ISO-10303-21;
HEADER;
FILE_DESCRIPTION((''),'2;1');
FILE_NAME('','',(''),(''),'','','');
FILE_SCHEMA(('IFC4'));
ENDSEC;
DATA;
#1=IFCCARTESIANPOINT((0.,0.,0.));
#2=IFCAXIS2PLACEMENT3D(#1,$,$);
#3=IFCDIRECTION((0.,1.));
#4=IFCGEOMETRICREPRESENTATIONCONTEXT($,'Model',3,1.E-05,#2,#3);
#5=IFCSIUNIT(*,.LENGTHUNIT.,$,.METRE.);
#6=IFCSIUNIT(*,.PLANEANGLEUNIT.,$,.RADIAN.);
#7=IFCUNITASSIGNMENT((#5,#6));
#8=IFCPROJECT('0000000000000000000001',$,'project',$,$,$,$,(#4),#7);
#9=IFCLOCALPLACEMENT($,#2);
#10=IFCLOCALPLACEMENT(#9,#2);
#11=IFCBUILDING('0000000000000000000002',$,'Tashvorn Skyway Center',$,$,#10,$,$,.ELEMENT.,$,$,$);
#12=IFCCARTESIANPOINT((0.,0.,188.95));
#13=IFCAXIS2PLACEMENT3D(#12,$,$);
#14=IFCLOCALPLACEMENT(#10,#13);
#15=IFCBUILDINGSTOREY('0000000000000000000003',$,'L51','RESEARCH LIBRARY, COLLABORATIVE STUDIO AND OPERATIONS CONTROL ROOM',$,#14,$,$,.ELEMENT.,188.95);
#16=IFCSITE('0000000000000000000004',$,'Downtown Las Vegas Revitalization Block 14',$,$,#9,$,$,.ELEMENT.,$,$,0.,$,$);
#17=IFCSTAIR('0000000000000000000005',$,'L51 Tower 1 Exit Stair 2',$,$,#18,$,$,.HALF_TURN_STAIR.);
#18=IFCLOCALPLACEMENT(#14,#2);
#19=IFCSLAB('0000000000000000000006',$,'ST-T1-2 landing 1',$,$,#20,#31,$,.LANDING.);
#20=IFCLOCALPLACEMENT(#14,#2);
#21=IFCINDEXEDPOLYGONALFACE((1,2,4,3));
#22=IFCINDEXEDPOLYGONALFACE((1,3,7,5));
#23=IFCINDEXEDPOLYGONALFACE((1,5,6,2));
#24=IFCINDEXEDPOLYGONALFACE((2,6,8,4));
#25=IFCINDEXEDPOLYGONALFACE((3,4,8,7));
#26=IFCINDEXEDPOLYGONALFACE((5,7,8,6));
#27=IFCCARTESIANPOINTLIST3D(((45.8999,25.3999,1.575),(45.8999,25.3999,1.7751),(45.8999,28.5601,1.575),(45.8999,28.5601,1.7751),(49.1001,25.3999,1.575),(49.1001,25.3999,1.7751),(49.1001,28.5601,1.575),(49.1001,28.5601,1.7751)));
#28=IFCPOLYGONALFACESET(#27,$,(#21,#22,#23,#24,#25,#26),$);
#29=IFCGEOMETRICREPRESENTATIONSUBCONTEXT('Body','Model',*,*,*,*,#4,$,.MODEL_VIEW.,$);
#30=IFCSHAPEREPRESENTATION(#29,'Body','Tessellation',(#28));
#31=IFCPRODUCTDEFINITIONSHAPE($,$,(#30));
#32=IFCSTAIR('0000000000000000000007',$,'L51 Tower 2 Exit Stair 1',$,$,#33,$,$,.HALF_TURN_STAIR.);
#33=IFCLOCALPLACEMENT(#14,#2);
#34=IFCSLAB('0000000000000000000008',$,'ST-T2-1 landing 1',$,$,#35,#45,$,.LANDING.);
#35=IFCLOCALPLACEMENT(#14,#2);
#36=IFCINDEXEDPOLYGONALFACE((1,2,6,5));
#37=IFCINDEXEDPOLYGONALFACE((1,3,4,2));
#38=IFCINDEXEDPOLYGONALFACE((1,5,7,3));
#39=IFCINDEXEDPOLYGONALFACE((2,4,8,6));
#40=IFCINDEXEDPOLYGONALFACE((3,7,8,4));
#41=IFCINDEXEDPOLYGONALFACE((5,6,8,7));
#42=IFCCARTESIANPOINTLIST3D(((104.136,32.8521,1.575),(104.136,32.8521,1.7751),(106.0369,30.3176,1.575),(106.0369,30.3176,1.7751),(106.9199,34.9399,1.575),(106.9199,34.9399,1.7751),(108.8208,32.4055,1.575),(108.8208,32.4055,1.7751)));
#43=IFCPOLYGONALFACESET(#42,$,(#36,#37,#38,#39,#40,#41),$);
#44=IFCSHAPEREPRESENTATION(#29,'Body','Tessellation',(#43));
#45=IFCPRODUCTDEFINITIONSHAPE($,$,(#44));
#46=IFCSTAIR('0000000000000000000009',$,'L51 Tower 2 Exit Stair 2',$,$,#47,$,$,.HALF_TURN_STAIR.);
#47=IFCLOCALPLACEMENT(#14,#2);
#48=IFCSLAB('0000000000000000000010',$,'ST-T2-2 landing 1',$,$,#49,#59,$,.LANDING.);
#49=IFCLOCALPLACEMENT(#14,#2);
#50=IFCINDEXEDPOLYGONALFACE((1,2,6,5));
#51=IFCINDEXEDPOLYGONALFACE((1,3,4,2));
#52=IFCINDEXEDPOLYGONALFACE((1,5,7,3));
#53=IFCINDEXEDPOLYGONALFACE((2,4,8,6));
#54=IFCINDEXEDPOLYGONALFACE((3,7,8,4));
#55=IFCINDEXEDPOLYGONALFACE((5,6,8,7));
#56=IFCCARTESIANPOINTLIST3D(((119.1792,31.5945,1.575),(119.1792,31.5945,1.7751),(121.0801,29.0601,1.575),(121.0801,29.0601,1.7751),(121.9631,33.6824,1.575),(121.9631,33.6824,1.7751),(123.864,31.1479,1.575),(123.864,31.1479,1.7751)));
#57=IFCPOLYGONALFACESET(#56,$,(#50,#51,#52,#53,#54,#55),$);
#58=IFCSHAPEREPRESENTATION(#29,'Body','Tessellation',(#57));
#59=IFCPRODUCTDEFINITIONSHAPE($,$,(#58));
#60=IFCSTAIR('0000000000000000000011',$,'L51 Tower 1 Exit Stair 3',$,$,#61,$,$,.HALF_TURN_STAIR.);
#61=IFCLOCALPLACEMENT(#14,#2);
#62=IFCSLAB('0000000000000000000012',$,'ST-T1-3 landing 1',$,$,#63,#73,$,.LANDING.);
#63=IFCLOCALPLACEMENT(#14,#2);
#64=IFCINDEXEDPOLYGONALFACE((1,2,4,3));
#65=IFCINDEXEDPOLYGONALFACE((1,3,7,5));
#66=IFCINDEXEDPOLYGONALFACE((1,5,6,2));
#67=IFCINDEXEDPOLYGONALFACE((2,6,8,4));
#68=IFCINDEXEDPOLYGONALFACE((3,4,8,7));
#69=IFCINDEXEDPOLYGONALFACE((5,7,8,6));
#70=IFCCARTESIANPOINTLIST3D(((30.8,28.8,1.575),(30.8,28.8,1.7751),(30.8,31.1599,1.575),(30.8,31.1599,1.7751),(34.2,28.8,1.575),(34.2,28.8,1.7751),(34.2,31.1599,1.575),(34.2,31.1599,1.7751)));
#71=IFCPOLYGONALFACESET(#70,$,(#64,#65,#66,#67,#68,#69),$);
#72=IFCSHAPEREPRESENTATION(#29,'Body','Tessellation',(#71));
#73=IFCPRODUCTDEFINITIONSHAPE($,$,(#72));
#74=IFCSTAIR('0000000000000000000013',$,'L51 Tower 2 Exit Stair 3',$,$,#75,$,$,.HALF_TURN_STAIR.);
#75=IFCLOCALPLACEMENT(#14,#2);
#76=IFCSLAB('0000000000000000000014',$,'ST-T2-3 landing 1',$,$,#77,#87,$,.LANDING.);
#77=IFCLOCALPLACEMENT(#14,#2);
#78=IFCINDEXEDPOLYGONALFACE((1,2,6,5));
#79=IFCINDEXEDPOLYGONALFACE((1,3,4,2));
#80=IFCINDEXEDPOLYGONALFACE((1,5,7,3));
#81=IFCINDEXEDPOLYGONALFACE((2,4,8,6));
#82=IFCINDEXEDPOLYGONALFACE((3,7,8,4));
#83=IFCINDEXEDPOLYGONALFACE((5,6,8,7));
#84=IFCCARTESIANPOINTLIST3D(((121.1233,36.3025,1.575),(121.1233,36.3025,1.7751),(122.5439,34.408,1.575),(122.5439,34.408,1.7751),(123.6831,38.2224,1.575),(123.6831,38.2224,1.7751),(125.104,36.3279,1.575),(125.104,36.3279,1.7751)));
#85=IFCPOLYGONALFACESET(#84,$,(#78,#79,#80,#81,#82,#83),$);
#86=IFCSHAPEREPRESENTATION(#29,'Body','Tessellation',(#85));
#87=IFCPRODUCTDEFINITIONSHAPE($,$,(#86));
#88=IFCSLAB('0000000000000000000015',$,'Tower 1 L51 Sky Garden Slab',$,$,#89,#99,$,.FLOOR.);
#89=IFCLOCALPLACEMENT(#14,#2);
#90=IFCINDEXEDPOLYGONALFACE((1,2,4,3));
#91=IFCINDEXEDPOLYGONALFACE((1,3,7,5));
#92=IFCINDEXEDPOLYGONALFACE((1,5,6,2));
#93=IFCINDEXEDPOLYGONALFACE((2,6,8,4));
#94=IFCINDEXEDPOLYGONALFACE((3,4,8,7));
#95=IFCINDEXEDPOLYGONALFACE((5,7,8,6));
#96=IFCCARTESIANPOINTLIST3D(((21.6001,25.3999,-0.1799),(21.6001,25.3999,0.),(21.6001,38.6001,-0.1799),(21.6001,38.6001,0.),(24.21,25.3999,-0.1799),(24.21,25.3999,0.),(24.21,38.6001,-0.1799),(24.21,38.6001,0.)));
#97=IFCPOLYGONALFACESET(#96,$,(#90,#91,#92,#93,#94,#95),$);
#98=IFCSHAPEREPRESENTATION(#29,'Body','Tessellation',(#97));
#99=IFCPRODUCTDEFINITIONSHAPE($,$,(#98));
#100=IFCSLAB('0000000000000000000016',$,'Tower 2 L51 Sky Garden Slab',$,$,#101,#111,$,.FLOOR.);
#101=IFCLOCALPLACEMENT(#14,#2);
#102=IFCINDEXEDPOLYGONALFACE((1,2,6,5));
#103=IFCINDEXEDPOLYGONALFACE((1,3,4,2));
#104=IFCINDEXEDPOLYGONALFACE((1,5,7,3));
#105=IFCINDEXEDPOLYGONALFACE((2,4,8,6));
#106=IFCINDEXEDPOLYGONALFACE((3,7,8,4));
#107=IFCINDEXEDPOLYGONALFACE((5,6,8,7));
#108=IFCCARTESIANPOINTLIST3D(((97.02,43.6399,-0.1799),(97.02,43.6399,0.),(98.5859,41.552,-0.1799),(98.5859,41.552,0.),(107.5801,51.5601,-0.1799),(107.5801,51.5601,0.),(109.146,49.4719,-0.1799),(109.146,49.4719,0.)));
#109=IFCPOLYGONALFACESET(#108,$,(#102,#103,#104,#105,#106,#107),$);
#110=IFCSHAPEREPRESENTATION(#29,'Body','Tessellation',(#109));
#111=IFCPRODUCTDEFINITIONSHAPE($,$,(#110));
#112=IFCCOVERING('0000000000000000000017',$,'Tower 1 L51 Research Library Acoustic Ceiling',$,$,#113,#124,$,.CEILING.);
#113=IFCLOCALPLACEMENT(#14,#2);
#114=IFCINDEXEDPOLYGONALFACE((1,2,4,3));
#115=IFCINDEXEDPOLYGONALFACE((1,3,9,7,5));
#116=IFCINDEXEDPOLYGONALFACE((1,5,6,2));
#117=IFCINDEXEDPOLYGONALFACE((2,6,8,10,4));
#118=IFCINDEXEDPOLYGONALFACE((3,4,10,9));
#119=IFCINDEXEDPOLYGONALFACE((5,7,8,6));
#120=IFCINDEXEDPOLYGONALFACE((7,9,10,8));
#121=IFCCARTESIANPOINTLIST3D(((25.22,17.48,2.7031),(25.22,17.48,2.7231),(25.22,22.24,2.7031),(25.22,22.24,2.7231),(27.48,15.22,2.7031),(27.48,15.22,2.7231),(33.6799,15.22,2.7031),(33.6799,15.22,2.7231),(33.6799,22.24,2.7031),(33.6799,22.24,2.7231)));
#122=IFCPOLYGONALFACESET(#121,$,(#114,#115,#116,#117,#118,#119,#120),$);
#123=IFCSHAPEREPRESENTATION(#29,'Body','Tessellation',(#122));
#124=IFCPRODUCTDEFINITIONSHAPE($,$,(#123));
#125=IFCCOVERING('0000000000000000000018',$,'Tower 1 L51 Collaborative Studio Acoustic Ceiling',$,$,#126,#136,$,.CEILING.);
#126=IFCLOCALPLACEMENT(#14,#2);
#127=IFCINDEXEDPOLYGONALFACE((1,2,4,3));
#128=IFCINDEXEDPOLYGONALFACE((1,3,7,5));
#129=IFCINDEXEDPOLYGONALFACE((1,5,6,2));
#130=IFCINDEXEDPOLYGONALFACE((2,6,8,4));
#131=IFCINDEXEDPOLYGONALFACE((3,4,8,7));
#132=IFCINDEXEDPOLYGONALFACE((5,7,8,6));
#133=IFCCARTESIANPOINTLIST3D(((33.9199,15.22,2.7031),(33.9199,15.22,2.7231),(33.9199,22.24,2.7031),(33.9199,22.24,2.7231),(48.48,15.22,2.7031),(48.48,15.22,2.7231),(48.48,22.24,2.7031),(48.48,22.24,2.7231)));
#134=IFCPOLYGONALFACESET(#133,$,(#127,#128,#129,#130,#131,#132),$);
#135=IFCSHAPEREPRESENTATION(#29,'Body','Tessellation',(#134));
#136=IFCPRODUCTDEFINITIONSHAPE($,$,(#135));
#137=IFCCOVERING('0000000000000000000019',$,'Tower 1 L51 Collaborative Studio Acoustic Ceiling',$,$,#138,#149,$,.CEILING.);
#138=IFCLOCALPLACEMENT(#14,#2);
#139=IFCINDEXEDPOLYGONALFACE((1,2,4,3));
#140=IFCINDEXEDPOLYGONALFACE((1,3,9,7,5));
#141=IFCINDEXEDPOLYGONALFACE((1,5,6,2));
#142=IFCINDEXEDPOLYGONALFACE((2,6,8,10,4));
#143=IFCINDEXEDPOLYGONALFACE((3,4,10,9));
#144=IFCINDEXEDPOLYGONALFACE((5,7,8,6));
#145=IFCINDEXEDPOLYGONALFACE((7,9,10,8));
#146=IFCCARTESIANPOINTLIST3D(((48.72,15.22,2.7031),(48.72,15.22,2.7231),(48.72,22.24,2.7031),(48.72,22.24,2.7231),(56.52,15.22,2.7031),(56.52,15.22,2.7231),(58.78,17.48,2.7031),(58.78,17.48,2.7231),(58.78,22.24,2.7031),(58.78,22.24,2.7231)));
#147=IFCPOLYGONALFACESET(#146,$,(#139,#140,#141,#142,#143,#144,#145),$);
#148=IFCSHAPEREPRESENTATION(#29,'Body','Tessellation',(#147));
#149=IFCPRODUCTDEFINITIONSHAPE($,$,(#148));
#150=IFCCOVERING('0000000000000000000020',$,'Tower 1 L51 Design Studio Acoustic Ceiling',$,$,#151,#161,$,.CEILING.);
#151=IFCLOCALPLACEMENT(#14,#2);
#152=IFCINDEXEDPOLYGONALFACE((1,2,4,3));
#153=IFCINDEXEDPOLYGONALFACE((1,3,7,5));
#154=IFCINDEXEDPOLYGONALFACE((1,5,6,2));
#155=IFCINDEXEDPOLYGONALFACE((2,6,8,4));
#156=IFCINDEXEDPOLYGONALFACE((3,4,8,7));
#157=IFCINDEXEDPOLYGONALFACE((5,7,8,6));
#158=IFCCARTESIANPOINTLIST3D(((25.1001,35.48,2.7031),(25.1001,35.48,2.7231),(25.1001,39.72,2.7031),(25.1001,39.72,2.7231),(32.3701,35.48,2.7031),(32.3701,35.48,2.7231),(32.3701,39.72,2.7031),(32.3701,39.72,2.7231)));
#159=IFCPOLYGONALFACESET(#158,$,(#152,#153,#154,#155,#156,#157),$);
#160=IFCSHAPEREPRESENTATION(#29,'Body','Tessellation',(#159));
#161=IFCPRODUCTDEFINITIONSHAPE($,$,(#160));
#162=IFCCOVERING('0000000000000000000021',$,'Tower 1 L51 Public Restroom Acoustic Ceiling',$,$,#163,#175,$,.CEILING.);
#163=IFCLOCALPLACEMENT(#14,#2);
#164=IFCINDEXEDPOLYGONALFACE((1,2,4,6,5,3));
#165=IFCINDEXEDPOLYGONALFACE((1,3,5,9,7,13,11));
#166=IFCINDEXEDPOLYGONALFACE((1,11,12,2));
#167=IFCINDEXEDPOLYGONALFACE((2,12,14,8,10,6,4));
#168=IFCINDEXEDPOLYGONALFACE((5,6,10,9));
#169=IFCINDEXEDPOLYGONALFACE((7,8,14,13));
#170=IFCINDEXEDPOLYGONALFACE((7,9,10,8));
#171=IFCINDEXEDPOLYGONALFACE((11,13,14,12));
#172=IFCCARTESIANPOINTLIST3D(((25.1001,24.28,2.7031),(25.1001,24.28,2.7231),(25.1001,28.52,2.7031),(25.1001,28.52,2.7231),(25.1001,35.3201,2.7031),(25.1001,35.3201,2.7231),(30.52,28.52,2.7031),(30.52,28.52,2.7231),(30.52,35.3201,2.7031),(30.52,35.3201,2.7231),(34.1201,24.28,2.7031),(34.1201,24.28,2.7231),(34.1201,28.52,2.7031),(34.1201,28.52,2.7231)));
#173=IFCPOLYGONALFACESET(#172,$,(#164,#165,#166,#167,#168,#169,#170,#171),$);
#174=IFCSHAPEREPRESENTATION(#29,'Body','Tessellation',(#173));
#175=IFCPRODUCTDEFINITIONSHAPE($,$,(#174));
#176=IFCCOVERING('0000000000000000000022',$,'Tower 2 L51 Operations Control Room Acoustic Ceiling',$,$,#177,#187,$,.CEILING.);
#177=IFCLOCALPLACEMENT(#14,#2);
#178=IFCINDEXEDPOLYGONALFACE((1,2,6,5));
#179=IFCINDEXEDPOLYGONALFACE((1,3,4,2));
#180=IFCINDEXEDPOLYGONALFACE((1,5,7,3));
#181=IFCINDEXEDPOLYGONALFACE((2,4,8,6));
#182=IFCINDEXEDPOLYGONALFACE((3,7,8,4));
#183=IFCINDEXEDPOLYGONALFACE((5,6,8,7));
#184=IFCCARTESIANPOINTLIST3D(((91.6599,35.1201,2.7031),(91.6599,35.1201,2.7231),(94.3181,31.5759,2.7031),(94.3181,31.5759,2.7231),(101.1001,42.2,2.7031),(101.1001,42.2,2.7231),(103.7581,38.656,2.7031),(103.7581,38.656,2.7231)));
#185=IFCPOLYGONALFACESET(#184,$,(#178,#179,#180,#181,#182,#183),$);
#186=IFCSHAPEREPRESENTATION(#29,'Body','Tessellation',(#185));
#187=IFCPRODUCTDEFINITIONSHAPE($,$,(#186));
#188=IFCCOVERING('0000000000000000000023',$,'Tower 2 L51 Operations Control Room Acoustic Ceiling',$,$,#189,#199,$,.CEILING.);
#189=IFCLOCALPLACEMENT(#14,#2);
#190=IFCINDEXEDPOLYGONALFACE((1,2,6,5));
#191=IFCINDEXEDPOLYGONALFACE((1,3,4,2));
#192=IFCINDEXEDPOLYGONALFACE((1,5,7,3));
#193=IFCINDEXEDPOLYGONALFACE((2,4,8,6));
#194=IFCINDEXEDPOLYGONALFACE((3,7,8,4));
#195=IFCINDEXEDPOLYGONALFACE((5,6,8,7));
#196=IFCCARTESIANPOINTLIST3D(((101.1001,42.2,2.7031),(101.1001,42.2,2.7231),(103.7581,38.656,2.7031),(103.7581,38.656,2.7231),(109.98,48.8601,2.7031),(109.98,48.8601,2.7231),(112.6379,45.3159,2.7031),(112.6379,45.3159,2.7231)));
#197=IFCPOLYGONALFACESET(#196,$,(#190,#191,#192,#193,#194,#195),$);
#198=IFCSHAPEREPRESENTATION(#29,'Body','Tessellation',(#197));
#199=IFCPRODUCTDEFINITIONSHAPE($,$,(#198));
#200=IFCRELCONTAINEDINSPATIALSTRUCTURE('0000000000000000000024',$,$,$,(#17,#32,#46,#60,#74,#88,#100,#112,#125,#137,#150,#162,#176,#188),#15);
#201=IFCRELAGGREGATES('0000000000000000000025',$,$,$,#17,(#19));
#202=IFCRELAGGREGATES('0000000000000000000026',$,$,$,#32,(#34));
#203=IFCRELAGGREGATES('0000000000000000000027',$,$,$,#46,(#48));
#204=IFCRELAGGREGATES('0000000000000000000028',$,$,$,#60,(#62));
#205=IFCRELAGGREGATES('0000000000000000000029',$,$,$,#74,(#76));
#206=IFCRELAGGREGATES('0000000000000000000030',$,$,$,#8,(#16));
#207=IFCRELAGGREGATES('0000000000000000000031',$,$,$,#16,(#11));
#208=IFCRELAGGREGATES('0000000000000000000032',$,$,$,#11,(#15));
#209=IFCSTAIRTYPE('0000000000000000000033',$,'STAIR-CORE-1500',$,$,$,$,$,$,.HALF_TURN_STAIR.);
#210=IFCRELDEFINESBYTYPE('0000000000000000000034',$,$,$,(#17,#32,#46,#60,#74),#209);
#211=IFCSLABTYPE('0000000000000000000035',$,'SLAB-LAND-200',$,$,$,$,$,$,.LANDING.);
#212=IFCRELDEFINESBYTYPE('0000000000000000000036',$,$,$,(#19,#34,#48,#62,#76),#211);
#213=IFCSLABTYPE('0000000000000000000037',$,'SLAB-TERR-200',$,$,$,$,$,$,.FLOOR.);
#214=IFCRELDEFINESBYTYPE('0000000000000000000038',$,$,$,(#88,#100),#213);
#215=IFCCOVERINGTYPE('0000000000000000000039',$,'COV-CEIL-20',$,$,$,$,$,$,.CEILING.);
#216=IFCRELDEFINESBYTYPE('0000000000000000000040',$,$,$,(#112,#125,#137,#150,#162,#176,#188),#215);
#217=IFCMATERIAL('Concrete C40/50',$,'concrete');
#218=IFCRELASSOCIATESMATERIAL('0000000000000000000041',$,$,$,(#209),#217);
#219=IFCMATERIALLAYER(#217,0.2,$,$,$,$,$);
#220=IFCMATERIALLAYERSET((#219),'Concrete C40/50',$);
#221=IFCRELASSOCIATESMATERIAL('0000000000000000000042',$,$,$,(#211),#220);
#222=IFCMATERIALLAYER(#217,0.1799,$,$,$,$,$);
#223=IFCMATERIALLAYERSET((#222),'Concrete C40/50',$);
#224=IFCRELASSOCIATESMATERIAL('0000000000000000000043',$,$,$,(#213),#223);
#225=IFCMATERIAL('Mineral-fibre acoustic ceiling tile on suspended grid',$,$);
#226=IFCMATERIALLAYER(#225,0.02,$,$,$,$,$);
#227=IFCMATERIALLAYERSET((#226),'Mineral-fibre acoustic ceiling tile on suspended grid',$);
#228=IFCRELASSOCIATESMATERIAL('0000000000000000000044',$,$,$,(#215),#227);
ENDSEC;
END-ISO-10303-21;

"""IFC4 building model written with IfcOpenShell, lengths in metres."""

from ifc_helpers import new_model, si_unit, direction, frame, origin, place, context, subcontext, project, spatial, polyline, outline, extrude, material, layer, layer_set, type_object, element, aggregate, save


model = new_model("IFC4")

# Units and contexts
model_context = context("Model", 3, precision=1e-05, world=origin(), true_north=direction((0.0, 1.0)))
body_context = subcontext(model_context, "Body", "Model", "MODEL_VIEW")
ifc_project = project(units=[si_unit("LENGTHUNIT", "METRE"), si_unit("PLANEANGLEUNIT", "RADIAN")], contexts=[model_context])

# Site, building, storey
site_placement = place(None, origin())
site = spatial("IfcSite", under=ifc_project, at=site_placement, Name="Downtown Las Vegas Revitalization Block 14", CompositionType="ELEMENT", RefElevation=0.0)
building_placement = place(site_placement, origin())
building = spatial("IfcBuilding", under=site, at=building_placement, Name="Tashvorn Skyway Center", CompositionType="ELEMENT")
storey_placement = place(building_placement, frame((0.0, 0.0, 188.95)))
storey = spatial("IfcBuildingStorey", under=building, at=storey_placement, Name="L51", Description="RESEARCH LIBRARY, COLLABORATIVE STUDIO AND OPERATIONS CONTROL ROOM", CompositionType="ELEMENT", Elevation=188.95)

# Shared definitions
ifc_material_1 = material(Name="Concrete C40/50", Category="concrete")

# Stairs, slabs
stair_type = type_object("IfcStairType", Name="STAIR-CORE-1500", PredefinedType="HALF_TURN_STAIR", material=ifc_material_1)
ifc_layer_1 = layer(ifc_material_1, 0.2)
ifc_layer_set_1 = layer_set([ifc_layer_1], Name="Concrete C40/50")
slab_type_1 = type_object("IfcSlabType", Name="SLAB-LAND-200", PredefinedType="LANDING", material=ifc_layer_set_1)
stair_1_placement = place(storey_placement, origin())
stair_1 = element("IfcStair", 1, at=stair_1_placement, inside=storey, type_object=stair_type, Name="L51 Tower 1 Exit Stair 2", PredefinedType="HALF_TURN_STAIR")
slab_1_placement = place(storey_placement, frame((0.0, 0.0, 1.575)))
slab_1 = element("IfcSlab", 2, at=slab_1_placement, type_object=slab_type_1, Name="ST-T1-2 landing 1", PredefinedType="LANDING", context=body_context, shape_type="SweptSolid", body=[
    extrude(outline(polyline([(45.8999, 28.5601), (45.8999, 25.3999), (49.1001, 25.3999), (49.1001, 28.5601), (45.8999, 28.5601)])), origin(), (0.0, 0.0, 1.0), 0.2002),
])
aggregate(stair_1, [slab_1])
stair_2_placement = place(storey_placement, origin())
stair_2 = element("IfcStair", 3, at=stair_2_placement, inside=storey, type_object=stair_type, Name="L51 Tower 2 Exit Stair 1", PredefinedType="HALF_TURN_STAIR")
slab_2_placement = place(storey_placement, frame((0.0, 0.0, 1.575)))
slab_2 = element("IfcSlab", 4, at=slab_2_placement, type_object=slab_type_1, Name="ST-T2-1 landing 1", PredefinedType="LANDING", context=body_context, shape_type="SweptSolid", body=[
    extrude(outline(polyline([(108.8208, 32.4055), (106.9199, 34.9399), (104.136, 32.8521), (106.0369, 30.3176), (108.8208, 32.4055)])), origin(), (0.0, 0.0, 1.0), 0.2002),
])
aggregate(stair_2, [slab_2])
stair_3_placement = place(storey_placement, origin())
stair_3 = element("IfcStair", 5, at=stair_3_placement, inside=storey, type_object=stair_type, Name="L51 Tower 2 Exit Stair 2", PredefinedType="HALF_TURN_STAIR")
slab_3_placement = place(storey_placement, frame((0.0, 0.0, 1.575)))
slab_3 = element("IfcSlab", 6, at=slab_3_placement, type_object=slab_type_1, Name="ST-T2-2 landing 1", PredefinedType="LANDING", context=body_context, shape_type="SweptSolid", body=[
    extrude(outline(polyline([(119.1792, 31.5945), (121.0801, 29.0601), (123.864, 31.1479), (121.9631, 33.6824), (119.1792, 31.5945)])), origin(), (0.0, 0.0, 1.0), 0.2002),
])
aggregate(stair_3, [slab_3])
stair_4_placement = place(storey_placement, origin())
stair_4 = element("IfcStair", 7, at=stair_4_placement, inside=storey, type_object=stair_type, Name="L51 Tower 1 Exit Stair 3", PredefinedType="HALF_TURN_STAIR")
slab_4_placement = place(storey_placement, frame((0.0, 0.0, 1.575)))
slab_4 = element("IfcSlab", 8, at=slab_4_placement, type_object=slab_type_1, Name="ST-T1-3 landing 1", PredefinedType="LANDING", context=body_context, shape_type="SweptSolid", body=[
    extrude(outline(polyline([(30.8, 31.1599), (30.8, 28.8), (34.2, 28.8), (34.2, 31.1599), (30.8, 31.1599)])), origin(), (0.0, 0.0, 1.0), 0.2002),
])
aggregate(stair_4, [slab_4])
stair_5_placement = place(storey_placement, origin())
stair_5 = element("IfcStair", 9, at=stair_5_placement, inside=storey, type_object=stair_type, Name="L51 Tower 2 Exit Stair 3", PredefinedType="HALF_TURN_STAIR")
slab_5_placement = place(storey_placement, frame((0.0, 0.0, 1.575)))
slab_5 = element("IfcSlab", 10, at=slab_5_placement, type_object=slab_type_1, Name="ST-T2-3 landing 1", PredefinedType="LANDING", context=body_context, shape_type="SweptSolid", body=[
    extrude(outline(polyline([(121.1233, 36.3025), (122.5439, 34.408), (125.104, 36.3279), (123.6831, 38.2224), (121.1233, 36.3025)])), origin(), (0.0, 0.0, 1.0), 0.2002),
])
aggregate(stair_5, [slab_5])

# Slabs
ifc_layer_2 = layer(ifc_material_1, 0.1799)
ifc_layer_set_2 = layer_set([ifc_layer_2], Name="Concrete C40/50")
slab_type_2 = type_object("IfcSlabType", Name="SLAB-TERR-200", PredefinedType="FLOOR", material=ifc_layer_set_2)
slab_6_placement = place(storey_placement, frame((0.0, 0.0, -0.1799)))
element("IfcSlab", 11, at=slab_6_placement, inside=storey, type_object=slab_type_2, Name="Tower 1 L51 Sky Garden Slab", PredefinedType="FLOOR", context=body_context, shape_type="SweptSolid", body=[
    extrude(outline(polyline([(21.6001, 25.3999), (24.21, 25.3999), (24.21, 38.6001), (21.6001, 38.6001), (21.6001, 25.3999)])), origin(), (0.0, 0.0, 1.0), 0.1799),
])
slab_7_placement = place(storey_placement, frame((0.0, 0.0, -0.1799)))
element("IfcSlab", 12, at=slab_7_placement, inside=storey, type_object=slab_type_2, Name="Tower 2 L51 Sky Garden Slab", PredefinedType="FLOOR", context=body_context, shape_type="SweptSolid", body=[
    extrude(outline(polyline([(98.5859, 41.552), (109.146, 49.4719), (107.5801, 51.5601), (97.02, 43.6399), (98.5859, 41.552)])), origin(), (0.0, 0.0, 1.0), 0.1799),
])

# Coverings
ifc_material_2 = material(Name="Mineral-fibre acoustic ceiling tile on suspended grid")
ifc_layer_3 = layer(ifc_material_2, 0.02)
ifc_layer_set_3 = layer_set([ifc_layer_3], Name="Mineral-fibre acoustic ceiling tile on suspended grid")
covering_type_1 = type_object("IfcCoveringType", Name="COV-CEIL-20", PredefinedType="CEILING", material=ifc_layer_set_3)
covering_1_placement = place(storey_placement, frame((0.0, 0.0, 2.7031)))
element("IfcCovering", 13, at=covering_1_placement, inside=storey, type_object=covering_type_1, Name="Tower 1 L51 Research Library Acoustic Ceiling", PredefinedType="CEILING", context=body_context, shape_type="SweptSolid", body=[
    extrude(outline(polyline([(25.22, 22.24), (33.6799, 22.24), (33.6799, 15.22), (27.48, 15.22), (25.22, 17.48), (25.22, 22.24)])), origin(), (0.0, 0.0, 1.0), 0.02),
])
covering_2_placement = place(storey_placement, frame((0.0, 0.0, 2.7031)))
element("IfcCovering", 14, at=covering_2_placement, inside=storey, type_object=covering_type_1, Name="Tower 1 L51 Collaborative Studio Acoustic Ceiling", PredefinedType="CEILING", context=body_context, shape_type="SweptSolid", body=[
    extrude(outline(polyline([(33.9199, 22.24), (48.48, 22.24), (48.48, 15.22), (33.9199, 15.22), (33.9199, 22.24)])), origin(), (0.0, 0.0, 1.0), 0.02),
])
covering_3_placement = place(storey_placement, frame((0.0, 0.0, 2.7031)))
element("IfcCovering", 15, at=covering_3_placement, inside=storey, type_object=covering_type_1, Name="Tower 1 L51 Collaborative Studio Acoustic Ceiling", PredefinedType="CEILING", context=body_context, shape_type="SweptSolid", body=[
    extrude(outline(polyline([(48.72, 15.22), (48.72, 22.24), (58.78, 22.24), (58.78, 17.48), (56.52, 15.22), (48.72, 15.22)])), origin(), (0.0, 0.0, 1.0), 0.02),
])
covering_4_placement = place(storey_placement, frame((0.0, 0.0, 2.7031)))
element("IfcCovering", 16, at=covering_4_placement, inside=storey, type_object=covering_type_1, Name="Tower 1 L51 Design Studio Acoustic Ceiling", PredefinedType="CEILING", context=body_context, shape_type="SweptSolid", body=[
    extrude(outline(polyline([(32.3701, 39.72), (32.3701, 35.48), (25.1001, 35.48), (25.1001, 39.72), (32.3701, 39.72)])), origin(), (0.0, 0.0, 1.0), 0.02),
])
covering_5_placement = place(storey_placement, frame((0.0, 0.0, 2.7031)))
element("IfcCovering", 17, at=covering_5_placement, inside=storey, type_object=covering_type_1, Name="Tower 1 L51 Public Restroom Acoustic Ceiling", PredefinedType="CEILING", context=body_context, shape_type="SweptSolid", body=[
    extrude(outline(polyline([(34.1201, 24.28), (25.1001, 24.28), (25.1001, 28.52), (25.1001, 35.3201), (30.52, 35.3201), (30.52, 28.52), (34.1201, 28.52), (34.1201, 24.28)])), origin(), (0.0, 0.0, 1.0), 0.02),
])
covering_6_placement = place(storey_placement, frame((0.0, 0.0, 2.7031)))
element("IfcCovering", 18, at=covering_6_placement, inside=storey, type_object=covering_type_1, Name="Tower 2 L51 Operations Control Room Acoustic Ceiling", PredefinedType="CEILING", context=body_context, shape_type="SweptSolid", body=[
    extrude(outline(polyline([(94.3181, 31.5759), (103.7581, 38.656), (101.1001, 42.2), (91.6599, 35.1201), (94.3181, 31.5759)])), origin(), (0.0, 0.0, 1.0), 0.02),
])
covering_7_placement = place(storey_placement, frame((0.0, 0.0, 2.7031)))
element("IfcCovering", 19, at=covering_7_placement, inside=storey, type_object=covering_type_1, Name="Tower 2 L51 Operations Control Room Acoustic Ceiling", PredefinedType="CEILING", context=body_context, shape_type="SweptSolid", body=[
    extrude(outline(polyline([(103.7581, 38.656), (112.6379, 45.3159), (109.98, 48.8601), (101.1001, 42.2), (103.7581, 38.656)])), origin(), (0.0, 0.0, 1.0), 0.02),
])

save(model, "model.ifc")
